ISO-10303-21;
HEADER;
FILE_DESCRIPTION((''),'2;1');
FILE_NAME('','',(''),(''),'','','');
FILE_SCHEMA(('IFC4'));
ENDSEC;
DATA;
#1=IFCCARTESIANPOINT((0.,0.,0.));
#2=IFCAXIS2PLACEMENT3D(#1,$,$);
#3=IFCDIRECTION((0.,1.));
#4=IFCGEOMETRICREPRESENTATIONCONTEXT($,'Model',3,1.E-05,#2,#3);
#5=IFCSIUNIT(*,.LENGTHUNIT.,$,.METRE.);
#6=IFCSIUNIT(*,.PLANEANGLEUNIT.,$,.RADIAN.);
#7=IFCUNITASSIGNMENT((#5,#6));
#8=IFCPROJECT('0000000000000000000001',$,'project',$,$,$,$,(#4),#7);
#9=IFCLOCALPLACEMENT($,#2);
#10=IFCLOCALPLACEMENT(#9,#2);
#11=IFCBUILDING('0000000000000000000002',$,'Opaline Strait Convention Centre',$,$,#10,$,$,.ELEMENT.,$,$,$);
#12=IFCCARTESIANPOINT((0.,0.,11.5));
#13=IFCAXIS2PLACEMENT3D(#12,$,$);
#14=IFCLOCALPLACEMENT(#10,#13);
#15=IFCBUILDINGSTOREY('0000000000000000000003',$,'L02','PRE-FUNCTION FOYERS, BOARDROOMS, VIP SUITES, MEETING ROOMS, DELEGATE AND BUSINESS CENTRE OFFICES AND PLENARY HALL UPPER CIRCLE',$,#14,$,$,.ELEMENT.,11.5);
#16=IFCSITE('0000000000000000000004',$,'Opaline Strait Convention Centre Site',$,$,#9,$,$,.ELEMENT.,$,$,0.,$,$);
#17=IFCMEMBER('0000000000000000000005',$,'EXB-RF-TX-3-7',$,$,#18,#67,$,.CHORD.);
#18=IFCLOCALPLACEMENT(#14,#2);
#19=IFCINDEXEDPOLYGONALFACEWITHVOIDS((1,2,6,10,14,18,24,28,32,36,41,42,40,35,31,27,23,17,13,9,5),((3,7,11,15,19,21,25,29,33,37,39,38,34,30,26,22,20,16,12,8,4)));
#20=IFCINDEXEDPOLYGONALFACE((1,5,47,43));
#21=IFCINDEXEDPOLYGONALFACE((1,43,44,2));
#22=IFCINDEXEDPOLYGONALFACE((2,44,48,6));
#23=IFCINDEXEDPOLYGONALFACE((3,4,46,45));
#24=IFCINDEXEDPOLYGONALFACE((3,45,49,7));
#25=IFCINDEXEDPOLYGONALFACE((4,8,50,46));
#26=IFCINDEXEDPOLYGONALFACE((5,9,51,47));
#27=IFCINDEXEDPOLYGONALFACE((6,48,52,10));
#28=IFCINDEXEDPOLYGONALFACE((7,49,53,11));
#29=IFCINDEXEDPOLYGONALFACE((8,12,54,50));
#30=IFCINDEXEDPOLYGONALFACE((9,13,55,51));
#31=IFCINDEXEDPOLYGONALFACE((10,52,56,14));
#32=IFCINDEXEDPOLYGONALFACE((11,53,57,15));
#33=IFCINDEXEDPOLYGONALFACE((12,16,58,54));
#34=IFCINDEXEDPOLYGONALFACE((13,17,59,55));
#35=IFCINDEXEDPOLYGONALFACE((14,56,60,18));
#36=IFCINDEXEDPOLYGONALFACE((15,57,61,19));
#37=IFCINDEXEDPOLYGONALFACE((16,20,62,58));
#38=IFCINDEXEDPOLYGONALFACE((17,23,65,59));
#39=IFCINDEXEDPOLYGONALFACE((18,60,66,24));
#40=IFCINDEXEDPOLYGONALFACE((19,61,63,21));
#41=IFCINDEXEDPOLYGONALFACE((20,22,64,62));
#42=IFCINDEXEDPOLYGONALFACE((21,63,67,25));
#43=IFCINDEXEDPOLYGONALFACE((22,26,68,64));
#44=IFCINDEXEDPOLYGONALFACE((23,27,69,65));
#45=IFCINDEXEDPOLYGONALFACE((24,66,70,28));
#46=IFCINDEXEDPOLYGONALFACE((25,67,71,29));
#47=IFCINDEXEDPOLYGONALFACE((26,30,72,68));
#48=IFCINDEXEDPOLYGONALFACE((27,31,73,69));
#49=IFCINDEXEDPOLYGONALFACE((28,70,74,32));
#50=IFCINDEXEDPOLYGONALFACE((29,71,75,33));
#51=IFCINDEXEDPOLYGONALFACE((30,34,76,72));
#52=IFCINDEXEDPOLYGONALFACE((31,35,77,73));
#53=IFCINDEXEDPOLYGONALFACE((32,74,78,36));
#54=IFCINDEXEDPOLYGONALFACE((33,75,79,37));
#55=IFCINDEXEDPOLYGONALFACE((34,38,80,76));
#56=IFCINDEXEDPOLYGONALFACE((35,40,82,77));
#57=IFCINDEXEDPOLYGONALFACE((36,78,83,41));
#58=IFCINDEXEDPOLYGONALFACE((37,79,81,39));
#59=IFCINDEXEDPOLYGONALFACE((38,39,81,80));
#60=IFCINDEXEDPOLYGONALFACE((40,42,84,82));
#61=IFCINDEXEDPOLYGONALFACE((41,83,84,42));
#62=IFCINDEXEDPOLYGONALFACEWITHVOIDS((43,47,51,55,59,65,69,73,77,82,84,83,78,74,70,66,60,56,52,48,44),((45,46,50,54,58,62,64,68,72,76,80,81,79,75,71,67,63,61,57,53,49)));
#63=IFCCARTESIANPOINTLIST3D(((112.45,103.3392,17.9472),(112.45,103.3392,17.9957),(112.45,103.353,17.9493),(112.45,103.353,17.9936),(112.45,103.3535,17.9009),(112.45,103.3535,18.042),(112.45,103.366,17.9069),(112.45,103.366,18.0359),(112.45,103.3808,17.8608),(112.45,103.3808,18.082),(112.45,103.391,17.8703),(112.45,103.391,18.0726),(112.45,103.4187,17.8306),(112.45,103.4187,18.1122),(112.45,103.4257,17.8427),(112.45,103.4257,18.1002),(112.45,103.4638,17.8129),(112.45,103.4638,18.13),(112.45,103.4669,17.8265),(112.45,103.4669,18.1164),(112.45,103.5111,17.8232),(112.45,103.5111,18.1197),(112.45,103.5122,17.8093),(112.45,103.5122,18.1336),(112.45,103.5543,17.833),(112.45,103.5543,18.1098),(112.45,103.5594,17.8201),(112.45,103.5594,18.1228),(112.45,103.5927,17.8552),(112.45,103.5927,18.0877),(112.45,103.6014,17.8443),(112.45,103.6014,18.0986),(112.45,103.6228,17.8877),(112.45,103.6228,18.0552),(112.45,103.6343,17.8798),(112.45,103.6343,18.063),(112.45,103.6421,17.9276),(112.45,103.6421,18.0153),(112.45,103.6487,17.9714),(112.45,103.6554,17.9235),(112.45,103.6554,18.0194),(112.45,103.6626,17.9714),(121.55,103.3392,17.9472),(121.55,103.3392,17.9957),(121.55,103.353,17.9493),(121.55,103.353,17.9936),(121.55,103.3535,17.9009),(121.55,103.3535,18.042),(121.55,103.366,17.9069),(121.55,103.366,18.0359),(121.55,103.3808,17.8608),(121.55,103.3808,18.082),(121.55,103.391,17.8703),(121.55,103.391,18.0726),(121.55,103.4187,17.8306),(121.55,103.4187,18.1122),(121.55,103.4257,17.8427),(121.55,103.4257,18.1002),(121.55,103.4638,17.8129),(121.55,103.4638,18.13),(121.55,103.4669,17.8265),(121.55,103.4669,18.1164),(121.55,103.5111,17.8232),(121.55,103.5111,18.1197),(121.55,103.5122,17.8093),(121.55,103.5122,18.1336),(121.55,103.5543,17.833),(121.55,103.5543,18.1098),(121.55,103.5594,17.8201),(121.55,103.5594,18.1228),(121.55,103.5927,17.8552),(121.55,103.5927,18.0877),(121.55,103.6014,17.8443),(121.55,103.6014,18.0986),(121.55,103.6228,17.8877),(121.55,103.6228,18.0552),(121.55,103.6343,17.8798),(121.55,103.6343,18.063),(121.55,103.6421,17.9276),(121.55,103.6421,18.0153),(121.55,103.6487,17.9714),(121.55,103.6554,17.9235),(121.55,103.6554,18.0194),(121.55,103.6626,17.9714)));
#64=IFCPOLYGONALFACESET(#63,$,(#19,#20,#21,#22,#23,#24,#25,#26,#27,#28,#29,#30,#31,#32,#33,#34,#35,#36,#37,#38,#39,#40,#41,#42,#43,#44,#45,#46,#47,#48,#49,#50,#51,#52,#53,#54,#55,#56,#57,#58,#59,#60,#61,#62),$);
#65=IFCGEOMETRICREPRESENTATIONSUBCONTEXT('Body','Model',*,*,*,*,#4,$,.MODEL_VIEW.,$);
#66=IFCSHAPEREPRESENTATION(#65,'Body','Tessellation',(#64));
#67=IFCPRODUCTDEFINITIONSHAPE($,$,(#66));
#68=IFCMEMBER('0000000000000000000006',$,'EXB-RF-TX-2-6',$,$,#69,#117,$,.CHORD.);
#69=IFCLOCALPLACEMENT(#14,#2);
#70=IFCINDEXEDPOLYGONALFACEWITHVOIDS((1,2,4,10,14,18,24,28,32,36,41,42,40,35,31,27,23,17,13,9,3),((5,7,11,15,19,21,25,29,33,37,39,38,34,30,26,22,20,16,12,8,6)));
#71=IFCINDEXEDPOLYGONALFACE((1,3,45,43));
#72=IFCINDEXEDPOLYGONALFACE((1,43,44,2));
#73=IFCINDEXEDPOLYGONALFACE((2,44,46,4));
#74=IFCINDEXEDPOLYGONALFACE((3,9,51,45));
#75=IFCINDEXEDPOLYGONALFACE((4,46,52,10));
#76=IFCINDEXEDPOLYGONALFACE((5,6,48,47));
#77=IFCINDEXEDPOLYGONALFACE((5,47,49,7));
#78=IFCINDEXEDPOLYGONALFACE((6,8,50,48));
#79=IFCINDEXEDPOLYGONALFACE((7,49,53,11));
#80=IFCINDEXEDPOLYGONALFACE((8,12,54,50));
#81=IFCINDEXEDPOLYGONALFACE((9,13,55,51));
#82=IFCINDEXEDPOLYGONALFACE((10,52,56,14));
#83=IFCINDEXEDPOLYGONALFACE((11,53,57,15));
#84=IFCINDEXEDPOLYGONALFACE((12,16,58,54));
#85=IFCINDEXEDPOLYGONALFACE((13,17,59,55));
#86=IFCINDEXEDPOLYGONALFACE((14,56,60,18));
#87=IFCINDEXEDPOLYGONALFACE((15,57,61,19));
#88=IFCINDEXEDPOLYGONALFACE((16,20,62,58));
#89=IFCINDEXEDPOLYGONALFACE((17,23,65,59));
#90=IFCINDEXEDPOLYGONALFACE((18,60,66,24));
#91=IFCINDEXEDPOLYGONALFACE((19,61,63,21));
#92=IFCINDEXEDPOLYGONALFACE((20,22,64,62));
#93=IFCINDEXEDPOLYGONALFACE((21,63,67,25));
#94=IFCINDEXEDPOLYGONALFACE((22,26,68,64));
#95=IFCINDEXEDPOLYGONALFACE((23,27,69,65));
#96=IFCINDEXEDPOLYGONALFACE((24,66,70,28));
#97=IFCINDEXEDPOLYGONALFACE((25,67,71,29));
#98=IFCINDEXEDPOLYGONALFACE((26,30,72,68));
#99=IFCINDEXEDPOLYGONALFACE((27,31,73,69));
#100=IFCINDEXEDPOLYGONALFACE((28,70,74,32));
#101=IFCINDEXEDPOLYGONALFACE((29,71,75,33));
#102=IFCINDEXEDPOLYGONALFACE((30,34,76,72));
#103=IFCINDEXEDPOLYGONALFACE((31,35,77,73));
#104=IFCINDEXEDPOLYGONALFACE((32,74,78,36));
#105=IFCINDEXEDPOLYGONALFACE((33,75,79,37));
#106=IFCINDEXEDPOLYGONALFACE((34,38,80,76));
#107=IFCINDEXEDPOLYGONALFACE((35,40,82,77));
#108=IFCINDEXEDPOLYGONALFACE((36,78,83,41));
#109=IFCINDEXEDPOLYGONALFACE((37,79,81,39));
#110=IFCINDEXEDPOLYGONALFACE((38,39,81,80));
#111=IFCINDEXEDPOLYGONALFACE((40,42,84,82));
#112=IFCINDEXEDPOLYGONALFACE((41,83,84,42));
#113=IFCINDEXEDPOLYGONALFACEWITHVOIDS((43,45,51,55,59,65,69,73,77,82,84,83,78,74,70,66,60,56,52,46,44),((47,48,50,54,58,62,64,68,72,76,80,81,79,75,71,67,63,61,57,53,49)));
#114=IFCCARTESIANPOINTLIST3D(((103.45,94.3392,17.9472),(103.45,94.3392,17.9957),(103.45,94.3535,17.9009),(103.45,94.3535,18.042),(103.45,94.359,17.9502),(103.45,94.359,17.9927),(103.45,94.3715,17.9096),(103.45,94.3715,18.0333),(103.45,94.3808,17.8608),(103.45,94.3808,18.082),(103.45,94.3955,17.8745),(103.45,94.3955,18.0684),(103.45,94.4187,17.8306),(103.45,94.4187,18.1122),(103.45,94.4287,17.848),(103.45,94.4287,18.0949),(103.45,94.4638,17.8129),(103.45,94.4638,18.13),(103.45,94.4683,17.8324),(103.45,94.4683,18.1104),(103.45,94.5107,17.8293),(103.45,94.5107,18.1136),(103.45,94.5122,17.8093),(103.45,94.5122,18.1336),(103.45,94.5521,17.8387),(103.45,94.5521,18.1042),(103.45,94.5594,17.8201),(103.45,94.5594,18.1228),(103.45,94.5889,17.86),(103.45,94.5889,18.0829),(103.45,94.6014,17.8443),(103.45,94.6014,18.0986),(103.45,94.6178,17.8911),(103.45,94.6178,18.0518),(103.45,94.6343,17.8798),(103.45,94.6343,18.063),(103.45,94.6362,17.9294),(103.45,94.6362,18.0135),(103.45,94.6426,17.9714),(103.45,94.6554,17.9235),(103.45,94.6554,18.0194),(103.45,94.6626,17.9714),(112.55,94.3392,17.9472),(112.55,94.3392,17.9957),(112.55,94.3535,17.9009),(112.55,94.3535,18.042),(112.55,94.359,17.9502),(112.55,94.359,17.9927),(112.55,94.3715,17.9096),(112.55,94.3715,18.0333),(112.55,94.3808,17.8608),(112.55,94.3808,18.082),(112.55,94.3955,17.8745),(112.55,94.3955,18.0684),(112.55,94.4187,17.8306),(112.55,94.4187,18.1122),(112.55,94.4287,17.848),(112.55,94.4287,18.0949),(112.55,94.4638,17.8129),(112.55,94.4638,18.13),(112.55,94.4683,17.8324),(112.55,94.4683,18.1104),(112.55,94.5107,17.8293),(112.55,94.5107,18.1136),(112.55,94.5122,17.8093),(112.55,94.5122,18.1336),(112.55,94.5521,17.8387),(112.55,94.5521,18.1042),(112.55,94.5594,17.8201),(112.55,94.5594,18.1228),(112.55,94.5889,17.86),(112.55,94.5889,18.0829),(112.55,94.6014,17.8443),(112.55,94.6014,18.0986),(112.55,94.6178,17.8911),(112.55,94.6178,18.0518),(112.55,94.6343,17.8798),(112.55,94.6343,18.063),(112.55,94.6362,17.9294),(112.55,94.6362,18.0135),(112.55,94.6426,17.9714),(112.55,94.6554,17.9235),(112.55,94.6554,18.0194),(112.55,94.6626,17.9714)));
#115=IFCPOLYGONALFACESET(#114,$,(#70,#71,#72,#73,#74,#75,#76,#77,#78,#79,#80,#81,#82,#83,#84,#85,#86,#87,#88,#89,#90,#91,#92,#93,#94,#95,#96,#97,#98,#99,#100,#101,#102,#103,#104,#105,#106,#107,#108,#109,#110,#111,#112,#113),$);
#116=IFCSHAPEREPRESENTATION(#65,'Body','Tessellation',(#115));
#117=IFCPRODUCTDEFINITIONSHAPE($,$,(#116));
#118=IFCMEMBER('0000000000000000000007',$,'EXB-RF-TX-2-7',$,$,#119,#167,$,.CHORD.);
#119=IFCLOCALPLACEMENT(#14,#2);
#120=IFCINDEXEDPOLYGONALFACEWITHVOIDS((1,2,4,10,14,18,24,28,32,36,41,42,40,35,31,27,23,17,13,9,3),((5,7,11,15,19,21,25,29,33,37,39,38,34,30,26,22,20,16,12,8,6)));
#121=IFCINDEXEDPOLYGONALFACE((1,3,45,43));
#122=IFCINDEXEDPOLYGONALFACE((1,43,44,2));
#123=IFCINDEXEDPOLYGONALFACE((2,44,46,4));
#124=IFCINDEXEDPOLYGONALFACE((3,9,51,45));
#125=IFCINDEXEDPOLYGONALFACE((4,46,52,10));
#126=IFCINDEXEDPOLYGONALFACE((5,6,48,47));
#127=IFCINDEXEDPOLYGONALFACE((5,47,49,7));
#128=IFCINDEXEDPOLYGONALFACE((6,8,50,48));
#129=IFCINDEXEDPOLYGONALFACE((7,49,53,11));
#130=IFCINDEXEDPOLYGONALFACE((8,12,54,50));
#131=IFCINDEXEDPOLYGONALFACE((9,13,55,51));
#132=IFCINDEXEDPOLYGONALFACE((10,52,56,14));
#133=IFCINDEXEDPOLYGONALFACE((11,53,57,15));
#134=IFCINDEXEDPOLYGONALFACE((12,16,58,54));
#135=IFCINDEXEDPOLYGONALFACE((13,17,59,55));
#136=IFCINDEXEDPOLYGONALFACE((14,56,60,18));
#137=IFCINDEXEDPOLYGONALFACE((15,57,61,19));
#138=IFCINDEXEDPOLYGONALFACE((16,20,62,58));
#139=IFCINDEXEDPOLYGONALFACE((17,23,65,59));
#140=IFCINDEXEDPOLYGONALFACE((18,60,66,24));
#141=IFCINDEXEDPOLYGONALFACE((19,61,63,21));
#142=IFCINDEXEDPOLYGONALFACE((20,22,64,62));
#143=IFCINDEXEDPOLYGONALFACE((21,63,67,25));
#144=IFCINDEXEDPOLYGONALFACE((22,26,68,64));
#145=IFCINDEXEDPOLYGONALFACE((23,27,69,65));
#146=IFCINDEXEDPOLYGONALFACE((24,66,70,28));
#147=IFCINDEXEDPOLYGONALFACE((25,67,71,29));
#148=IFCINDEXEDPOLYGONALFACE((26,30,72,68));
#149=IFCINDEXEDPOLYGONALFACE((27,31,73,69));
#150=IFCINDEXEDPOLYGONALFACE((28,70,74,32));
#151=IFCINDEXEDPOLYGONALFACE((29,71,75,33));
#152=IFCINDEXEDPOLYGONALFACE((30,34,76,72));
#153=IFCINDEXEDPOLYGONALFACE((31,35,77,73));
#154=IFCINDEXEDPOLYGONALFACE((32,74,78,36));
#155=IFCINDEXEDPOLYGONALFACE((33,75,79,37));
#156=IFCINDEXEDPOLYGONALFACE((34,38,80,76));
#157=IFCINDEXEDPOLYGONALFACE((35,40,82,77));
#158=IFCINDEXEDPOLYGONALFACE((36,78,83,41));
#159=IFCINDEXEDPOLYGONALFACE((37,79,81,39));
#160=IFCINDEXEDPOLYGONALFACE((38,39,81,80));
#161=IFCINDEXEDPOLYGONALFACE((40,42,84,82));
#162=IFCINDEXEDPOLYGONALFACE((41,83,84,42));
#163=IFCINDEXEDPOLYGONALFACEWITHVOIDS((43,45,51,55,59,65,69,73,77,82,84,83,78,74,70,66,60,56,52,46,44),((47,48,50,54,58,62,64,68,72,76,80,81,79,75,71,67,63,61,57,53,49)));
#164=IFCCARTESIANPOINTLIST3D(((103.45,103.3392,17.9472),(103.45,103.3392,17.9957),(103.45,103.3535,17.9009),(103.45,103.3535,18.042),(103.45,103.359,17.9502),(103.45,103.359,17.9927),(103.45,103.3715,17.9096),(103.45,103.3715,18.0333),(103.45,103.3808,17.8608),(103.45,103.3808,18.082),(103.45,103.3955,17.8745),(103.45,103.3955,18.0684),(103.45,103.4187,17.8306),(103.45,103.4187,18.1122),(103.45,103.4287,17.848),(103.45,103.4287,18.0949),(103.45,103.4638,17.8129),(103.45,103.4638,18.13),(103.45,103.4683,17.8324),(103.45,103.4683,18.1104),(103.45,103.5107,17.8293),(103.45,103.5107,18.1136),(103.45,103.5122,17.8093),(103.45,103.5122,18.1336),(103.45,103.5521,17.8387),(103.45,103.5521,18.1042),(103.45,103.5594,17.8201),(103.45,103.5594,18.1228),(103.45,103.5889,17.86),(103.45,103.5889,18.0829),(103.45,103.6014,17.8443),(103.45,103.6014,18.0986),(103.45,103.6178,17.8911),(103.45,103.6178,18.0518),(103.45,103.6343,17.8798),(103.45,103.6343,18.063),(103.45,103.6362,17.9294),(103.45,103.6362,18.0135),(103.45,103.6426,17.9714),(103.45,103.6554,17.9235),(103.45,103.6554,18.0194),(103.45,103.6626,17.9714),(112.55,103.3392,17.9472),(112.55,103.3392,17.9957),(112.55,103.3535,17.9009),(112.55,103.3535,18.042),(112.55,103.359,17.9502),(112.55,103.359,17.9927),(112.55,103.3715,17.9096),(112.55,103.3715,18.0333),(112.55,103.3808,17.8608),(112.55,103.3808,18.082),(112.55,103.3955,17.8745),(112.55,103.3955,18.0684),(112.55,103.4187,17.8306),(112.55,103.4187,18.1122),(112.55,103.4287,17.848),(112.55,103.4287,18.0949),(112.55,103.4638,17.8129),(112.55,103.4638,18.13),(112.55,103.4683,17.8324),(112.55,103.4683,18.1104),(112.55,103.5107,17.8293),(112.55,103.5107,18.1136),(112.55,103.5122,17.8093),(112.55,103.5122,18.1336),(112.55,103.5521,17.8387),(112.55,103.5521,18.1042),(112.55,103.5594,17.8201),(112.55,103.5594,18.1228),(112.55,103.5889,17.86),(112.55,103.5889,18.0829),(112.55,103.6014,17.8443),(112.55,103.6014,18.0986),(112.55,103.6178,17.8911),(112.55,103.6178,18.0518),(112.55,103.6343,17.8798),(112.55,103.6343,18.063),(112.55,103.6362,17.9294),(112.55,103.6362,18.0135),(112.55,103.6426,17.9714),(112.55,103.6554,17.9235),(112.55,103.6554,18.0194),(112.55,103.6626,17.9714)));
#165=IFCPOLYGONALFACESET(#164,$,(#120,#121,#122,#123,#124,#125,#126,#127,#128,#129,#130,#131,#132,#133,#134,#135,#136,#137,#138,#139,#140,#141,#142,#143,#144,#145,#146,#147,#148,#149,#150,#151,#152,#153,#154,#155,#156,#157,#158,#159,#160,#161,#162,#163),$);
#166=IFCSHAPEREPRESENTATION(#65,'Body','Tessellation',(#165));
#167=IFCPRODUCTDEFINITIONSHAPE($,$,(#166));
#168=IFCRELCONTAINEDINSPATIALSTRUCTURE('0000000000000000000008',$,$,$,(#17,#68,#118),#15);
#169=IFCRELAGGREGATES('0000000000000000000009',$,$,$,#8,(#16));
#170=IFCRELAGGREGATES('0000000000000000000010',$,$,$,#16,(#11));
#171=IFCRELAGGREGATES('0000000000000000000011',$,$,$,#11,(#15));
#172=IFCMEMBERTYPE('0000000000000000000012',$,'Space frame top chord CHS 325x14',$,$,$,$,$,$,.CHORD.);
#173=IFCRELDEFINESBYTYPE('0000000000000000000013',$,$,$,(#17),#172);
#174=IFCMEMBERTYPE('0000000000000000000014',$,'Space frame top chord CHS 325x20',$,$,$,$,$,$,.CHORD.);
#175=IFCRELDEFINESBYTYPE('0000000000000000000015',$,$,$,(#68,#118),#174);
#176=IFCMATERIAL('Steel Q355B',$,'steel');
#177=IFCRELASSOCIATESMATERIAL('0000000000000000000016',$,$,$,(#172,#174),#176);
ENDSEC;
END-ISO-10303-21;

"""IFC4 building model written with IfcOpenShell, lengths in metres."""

from ifc_helpers import new_model, si_unit, direction, frame, origin, origin_2d, place, context, subcontext, project, spatial, hollow_circle, extrude, material, material_profile, profile_set, type_object, element, save


model = new_model("IFC4")

# Units and contexts
model_context = context("Model", 3, precision=1e-05, world=origin(), true_north=direction((0.0, 1.0)))
body_context = subcontext(model_context, "Body", "Model", "MODEL_VIEW")
ifc_project = project(units=[si_unit("LENGTHUNIT", "METRE"), si_unit("PLANEANGLEUNIT", "RADIAN")], contexts=[model_context])

# Site, building, storey
site_placement = place(None, origin())
site = spatial("IfcSite", under=ifc_project, at=site_placement, Name="Opaline Strait Convention Centre Site", CompositionType="ELEMENT", RefElevation=0.0)
building_placement = place(site_placement, origin())
building = spatial("IfcBuilding", under=site, at=building_placement, Name="Opaline Strait Convention Centre", CompositionType="ELEMENT")
storey_placement = place(building_placement, frame((0.0, 0.0, 11.5)))
storey = spatial("IfcBuildingStorey", under=building, at=storey_placement, Name="L02", Description="PRE-FUNCTION FOYERS, BOARDROOMS, VIP SUITES, MEETING ROOMS, DELEGATE AND BUSINESS CENTRE OFFICES AND PLENARY HALL UPPER CIRCLE", CompositionType="ELEMENT", Elevation=11.5)

# Members
ifc_material = material(Name="Steel Q355B", Category="steel")
ifc_material_profile_1 = material_profile(ifc_material, hollow_circle(Radius=0.1626, WallThickness=0.0139, at=origin_2d()), Name="CHS 325x14")
ifc_profile_set_1 = profile_set([ifc_material_profile_1], Name="Steel Q355B")
member_type_1 = type_object("IfcMemberType", Name="Space frame top chord CHS 325x14", PredefinedType="CHORD", material=ifc_profile_set_1)
for number, where, z_axis, x_axis, name in (
    (1, (112.45, 103.5, 17.9714), (1.0, 0.0, 0.0), (0.0, 1.0, 0.0), "EXB-RF-TX-3-7"),
):
    element("IfcMember", number, at=place(storey_placement, frame(where, z_axis=z_axis, x_axis=x_axis)), inside=storey, type_object=member_type_1, Name=name, PredefinedType="CHORD", context=body_context, shape_type="SweptSolid", body=[
        extrude(hollow_circle(Radius=0.1626, WallThickness=0.0139, at=origin_2d()), origin(), (0.0, 0.0, 1.0), 9.1001),
    ])
ifc_material_profile_2 = material_profile(ifc_material, hollow_circle(Radius=0.1626, WallThickness=0.02, at=origin_2d()), Name="CHS 325x20")
ifc_profile_set_2 = profile_set([ifc_material_profile_2], Name="Steel Q355B")
member_type_2 = type_object("IfcMemberType", Name="Space frame top chord CHS 325x20", PredefinedType="CHORD", material=ifc_profile_set_2)
for number, where, z_axis, x_axis, name in (
    (2, (103.45, 94.5, 17.9714), (1.0, 0.0, 0.0), (0.0, 1.0, 0.0), "EXB-RF-TX-2-6"),
    (3, (103.45, 103.5, 17.9714), (1.0, 0.0, 0.0), (0.0, 1.0, 0.0), "EXB-RF-TX-2-7"),
):
    element("IfcMember", number, at=place(storey_placement, frame(where, z_axis=z_axis, x_axis=x_axis)), inside=storey, type_object=member_type_2, Name=name, PredefinedType="CHORD", context=body_context, shape_type="SweptSolid", body=[
        extrude(hollow_circle(Radius=0.1626, WallThickness=0.02, at=origin_2d()), origin(), (0.0, 0.0, 1.0), 9.1001),
    ])

save(model, "model.ifc")
